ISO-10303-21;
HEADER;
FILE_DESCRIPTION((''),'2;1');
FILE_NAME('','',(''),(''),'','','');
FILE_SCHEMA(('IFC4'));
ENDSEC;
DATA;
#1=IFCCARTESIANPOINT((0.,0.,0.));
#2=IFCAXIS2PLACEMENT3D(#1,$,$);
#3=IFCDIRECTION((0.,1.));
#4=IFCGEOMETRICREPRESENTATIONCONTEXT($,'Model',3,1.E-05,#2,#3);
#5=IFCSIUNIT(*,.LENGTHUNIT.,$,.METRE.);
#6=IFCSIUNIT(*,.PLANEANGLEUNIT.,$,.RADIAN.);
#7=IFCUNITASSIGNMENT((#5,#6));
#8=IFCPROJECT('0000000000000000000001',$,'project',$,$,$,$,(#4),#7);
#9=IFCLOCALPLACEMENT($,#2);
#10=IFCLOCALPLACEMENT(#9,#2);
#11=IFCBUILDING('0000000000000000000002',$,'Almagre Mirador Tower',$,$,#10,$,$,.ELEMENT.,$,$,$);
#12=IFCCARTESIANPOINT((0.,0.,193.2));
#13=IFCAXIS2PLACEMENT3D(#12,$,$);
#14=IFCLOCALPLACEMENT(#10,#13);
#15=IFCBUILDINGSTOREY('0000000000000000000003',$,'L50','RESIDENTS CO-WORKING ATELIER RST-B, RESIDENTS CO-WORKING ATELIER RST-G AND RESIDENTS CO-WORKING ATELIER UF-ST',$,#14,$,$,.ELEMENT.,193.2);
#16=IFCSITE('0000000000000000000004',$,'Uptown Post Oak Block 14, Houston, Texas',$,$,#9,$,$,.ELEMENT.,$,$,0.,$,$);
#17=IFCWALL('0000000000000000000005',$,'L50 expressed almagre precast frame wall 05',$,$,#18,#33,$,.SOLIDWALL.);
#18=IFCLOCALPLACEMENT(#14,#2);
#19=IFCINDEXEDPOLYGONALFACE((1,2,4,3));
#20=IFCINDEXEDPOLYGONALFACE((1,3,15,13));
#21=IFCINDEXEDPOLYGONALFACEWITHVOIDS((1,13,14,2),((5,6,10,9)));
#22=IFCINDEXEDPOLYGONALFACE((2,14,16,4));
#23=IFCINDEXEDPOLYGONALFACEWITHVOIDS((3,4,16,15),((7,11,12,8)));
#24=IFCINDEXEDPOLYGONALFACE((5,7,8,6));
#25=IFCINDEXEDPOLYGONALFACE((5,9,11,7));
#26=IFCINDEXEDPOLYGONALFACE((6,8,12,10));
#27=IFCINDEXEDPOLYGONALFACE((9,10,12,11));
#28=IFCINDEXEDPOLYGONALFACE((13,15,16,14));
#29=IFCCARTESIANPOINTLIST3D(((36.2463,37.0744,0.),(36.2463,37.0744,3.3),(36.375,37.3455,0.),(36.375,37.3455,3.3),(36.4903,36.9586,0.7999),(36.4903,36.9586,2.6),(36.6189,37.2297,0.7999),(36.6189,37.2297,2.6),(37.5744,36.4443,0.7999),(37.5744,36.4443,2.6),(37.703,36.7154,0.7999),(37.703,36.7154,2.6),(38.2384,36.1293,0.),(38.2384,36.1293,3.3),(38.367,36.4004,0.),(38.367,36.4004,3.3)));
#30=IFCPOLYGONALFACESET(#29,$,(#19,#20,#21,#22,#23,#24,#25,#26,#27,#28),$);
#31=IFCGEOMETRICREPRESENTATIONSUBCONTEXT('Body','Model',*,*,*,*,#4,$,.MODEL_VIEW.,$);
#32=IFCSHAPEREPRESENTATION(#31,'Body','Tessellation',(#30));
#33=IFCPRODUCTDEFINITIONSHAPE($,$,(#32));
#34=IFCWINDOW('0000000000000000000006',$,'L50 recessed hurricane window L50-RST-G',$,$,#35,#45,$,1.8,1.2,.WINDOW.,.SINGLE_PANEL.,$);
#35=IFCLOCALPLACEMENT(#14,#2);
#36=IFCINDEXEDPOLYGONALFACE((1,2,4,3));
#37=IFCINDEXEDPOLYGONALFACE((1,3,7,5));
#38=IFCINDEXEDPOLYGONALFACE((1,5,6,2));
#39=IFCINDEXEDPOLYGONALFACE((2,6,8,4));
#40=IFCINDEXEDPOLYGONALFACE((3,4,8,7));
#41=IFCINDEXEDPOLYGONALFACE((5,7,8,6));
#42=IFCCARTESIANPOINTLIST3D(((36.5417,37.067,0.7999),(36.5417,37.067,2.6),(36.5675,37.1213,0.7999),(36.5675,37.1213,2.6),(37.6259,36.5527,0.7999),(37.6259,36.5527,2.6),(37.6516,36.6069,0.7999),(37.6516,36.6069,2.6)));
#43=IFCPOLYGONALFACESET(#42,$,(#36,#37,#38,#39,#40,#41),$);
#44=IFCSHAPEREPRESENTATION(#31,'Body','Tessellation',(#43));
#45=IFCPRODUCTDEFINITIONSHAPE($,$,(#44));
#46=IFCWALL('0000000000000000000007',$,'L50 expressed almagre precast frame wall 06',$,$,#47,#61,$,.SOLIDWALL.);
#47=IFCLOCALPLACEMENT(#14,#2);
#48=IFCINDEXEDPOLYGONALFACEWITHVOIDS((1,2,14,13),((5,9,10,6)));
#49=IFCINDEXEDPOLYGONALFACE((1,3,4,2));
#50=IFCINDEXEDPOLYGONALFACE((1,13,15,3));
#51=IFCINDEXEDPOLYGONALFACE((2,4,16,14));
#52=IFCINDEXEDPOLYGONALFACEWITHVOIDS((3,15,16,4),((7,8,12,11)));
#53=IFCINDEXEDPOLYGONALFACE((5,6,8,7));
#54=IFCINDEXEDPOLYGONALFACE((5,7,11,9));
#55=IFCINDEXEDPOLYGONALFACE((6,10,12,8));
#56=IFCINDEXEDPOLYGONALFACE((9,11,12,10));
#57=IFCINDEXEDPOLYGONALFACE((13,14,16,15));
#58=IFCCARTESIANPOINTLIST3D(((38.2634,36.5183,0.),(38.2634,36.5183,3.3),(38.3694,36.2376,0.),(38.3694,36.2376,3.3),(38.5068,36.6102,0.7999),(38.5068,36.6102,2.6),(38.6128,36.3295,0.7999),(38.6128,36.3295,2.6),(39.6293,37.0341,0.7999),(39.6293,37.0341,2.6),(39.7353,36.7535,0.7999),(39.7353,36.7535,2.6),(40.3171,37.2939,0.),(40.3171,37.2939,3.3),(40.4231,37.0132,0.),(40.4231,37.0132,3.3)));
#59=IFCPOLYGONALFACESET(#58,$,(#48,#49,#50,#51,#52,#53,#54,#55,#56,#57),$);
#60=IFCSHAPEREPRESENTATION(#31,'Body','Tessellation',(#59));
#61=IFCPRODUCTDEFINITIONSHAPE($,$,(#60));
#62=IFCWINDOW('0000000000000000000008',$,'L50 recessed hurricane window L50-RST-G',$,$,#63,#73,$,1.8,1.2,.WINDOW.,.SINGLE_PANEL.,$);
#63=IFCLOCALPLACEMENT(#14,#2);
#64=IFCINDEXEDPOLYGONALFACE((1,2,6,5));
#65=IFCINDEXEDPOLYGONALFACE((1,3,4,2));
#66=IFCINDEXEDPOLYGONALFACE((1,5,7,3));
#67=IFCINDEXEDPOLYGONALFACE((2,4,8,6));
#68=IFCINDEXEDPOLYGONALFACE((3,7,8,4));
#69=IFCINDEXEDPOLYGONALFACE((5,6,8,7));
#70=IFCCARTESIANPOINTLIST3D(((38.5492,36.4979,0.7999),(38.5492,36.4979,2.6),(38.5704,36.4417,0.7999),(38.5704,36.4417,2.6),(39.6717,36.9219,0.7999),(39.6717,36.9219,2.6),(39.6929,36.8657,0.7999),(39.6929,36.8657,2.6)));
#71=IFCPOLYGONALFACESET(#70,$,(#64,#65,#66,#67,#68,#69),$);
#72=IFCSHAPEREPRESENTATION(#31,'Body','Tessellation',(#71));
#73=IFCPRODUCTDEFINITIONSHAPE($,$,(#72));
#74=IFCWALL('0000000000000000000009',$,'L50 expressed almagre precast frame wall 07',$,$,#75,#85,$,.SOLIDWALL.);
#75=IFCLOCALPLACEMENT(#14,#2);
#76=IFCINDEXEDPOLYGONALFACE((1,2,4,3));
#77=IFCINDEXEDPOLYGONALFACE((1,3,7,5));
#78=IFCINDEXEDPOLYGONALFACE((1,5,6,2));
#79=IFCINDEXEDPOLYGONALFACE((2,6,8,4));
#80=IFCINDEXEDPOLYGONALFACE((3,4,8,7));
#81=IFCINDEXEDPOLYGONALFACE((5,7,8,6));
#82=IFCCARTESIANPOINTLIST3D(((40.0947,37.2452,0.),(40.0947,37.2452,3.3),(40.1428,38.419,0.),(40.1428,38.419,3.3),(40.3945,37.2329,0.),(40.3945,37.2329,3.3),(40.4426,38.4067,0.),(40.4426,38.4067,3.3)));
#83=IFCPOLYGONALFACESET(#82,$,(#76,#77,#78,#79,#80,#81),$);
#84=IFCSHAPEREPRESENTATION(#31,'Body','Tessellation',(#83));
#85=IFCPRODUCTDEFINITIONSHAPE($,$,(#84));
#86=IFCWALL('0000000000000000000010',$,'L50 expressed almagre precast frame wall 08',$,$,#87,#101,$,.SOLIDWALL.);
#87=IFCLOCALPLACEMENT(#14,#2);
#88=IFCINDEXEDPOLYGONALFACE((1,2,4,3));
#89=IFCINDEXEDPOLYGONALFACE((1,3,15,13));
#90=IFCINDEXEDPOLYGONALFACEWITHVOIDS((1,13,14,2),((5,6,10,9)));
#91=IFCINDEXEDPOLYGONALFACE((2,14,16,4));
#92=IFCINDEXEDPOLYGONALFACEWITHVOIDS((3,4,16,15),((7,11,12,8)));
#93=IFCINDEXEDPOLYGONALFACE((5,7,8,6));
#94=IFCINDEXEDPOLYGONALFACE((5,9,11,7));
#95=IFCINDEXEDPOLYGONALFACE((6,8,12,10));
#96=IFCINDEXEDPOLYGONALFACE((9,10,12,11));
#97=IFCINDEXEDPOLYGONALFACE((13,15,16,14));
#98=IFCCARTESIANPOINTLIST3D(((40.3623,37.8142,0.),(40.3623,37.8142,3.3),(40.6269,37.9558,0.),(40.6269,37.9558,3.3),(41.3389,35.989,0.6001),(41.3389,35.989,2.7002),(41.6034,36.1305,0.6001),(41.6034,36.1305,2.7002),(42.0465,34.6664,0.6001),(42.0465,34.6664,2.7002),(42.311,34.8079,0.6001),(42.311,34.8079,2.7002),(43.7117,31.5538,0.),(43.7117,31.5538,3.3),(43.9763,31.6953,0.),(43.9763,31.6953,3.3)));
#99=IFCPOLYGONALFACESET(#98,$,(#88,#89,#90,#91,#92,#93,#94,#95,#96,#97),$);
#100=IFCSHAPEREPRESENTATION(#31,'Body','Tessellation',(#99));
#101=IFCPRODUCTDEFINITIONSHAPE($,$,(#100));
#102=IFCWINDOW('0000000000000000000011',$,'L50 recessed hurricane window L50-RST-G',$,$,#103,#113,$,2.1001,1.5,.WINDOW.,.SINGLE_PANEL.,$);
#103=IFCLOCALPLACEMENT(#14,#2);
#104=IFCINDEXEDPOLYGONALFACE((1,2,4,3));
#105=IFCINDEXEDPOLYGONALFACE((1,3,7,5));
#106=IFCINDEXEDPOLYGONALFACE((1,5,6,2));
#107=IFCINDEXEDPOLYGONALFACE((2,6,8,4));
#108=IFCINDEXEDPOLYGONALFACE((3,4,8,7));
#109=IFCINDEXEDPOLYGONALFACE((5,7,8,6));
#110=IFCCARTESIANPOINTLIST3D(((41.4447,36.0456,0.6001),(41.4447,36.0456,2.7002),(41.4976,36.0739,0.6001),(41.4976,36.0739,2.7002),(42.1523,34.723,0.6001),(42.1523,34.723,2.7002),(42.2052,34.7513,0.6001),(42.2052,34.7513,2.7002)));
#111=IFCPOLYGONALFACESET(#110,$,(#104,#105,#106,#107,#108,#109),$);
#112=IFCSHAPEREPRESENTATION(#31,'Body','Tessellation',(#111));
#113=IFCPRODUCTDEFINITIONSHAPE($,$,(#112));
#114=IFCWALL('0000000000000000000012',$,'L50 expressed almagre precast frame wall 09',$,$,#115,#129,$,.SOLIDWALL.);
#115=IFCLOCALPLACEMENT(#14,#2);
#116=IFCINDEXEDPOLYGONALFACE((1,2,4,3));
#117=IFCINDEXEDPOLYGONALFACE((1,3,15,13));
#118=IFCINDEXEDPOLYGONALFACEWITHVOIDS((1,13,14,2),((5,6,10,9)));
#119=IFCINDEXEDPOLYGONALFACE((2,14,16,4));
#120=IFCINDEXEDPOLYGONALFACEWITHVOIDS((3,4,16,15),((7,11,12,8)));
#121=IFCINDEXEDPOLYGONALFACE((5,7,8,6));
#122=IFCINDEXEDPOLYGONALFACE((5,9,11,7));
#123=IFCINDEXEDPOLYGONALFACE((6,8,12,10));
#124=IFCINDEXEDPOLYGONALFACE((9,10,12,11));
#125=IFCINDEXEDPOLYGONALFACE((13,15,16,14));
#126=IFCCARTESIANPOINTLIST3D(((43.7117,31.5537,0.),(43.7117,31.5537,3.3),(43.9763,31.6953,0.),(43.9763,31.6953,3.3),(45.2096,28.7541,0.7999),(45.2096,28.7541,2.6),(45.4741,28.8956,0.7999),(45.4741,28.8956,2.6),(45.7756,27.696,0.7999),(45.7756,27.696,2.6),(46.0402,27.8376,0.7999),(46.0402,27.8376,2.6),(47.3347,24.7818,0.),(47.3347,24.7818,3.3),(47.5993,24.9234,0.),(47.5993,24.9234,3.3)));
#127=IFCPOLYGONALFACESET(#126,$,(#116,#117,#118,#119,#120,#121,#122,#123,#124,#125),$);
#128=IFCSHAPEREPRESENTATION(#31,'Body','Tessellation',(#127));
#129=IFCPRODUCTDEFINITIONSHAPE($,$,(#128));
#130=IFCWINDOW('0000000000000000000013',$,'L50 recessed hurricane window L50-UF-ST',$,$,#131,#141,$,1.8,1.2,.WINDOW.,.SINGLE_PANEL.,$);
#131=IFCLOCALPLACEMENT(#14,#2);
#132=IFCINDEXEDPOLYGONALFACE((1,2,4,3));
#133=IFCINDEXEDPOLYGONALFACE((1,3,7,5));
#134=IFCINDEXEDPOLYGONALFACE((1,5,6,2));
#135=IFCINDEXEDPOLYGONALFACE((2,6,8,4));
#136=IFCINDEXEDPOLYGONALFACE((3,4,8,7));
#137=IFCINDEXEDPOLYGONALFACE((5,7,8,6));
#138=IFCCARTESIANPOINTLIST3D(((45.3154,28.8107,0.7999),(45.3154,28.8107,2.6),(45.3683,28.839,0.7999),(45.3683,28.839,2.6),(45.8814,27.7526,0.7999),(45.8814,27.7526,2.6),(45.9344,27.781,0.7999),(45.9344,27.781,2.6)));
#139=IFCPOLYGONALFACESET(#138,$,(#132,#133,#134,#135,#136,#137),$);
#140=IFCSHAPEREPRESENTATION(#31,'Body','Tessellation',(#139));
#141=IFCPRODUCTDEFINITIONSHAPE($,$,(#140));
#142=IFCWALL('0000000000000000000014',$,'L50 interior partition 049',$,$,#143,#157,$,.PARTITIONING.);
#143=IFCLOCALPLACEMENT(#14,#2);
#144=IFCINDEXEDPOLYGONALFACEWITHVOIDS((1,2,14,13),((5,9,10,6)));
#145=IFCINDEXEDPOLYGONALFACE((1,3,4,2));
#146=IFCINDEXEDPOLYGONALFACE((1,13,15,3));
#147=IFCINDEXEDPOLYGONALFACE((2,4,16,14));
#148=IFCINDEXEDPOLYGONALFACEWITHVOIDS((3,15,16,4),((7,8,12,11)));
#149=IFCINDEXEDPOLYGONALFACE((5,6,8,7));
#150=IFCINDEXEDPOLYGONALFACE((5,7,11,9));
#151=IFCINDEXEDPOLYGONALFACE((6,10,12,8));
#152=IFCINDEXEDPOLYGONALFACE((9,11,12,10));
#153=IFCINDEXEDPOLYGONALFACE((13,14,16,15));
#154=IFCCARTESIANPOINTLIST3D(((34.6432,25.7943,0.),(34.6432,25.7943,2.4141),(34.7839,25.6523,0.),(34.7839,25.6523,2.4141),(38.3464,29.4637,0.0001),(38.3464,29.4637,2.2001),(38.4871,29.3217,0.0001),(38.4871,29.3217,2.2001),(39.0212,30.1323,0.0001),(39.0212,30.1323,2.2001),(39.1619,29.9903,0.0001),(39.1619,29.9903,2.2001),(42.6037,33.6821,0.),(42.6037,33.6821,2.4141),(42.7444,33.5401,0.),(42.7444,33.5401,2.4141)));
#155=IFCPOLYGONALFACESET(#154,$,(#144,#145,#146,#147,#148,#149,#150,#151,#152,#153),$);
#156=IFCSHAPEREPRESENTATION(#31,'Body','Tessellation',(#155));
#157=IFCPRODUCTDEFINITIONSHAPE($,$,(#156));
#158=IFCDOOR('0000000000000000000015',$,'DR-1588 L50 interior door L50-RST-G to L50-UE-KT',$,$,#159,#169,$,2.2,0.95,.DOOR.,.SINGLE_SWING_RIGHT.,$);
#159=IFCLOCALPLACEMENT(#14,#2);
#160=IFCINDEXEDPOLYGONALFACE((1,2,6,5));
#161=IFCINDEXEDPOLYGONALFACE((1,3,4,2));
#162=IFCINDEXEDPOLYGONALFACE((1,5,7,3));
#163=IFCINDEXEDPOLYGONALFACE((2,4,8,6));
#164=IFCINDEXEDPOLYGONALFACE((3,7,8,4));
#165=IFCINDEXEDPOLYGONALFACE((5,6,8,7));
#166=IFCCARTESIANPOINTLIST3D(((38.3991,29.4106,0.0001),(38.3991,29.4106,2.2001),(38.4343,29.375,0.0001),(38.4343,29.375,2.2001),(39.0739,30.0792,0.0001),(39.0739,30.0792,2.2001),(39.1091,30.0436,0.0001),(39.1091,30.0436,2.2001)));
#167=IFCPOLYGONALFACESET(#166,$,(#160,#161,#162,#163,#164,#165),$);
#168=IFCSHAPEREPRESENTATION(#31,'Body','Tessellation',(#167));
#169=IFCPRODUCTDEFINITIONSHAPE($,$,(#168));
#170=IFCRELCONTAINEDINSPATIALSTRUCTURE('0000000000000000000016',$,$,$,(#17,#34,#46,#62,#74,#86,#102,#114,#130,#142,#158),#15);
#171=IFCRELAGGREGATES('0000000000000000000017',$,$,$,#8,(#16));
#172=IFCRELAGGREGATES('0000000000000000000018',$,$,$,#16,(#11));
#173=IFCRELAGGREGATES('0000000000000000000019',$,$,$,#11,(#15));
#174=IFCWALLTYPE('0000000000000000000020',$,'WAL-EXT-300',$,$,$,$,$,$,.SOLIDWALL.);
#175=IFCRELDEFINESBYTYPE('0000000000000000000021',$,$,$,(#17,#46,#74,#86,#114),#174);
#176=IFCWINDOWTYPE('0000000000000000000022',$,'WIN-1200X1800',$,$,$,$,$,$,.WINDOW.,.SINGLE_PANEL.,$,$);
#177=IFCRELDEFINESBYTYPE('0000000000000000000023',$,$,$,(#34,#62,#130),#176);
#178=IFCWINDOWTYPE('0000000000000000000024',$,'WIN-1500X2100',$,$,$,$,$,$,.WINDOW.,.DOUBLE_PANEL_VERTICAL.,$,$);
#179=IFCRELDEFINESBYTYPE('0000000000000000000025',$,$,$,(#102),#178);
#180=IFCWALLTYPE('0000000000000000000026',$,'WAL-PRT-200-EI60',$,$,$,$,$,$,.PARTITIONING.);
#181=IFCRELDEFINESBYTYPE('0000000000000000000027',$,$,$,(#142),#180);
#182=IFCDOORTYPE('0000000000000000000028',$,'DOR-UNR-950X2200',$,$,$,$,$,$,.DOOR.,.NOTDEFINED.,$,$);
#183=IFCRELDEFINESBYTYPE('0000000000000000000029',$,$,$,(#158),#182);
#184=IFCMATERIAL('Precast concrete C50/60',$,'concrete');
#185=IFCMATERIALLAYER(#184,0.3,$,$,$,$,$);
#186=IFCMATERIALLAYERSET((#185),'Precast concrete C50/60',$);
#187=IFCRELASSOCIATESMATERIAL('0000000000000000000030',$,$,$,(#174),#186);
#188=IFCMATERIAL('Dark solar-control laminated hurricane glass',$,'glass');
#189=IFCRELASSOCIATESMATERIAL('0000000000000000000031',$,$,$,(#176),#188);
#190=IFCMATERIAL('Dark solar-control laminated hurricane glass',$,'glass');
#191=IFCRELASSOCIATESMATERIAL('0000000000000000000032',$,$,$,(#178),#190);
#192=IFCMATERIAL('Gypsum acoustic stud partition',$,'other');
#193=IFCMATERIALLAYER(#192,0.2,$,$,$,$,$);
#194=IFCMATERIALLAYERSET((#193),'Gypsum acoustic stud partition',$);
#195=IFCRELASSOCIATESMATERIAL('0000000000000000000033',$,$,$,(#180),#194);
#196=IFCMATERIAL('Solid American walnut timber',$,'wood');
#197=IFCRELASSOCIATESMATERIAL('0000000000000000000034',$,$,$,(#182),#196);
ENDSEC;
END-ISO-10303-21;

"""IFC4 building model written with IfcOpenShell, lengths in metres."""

from ifc_helpers import new_model, si_unit, direction, frame, frame_2d, origin, place, context, subcontext, project, spatial, rectangle, extrude, material, layer, layer_set, type_object, element, fill, save


model = new_model("IFC4")

# Units and contexts
model_context = context("Model", 3, precision=1e-05, world=origin(), true_north=direction((0.0, 1.0)))
body_context = subcontext(model_context, "Body", "Model", "MODEL_VIEW")
ifc_project = project(units=[si_unit("LENGTHUNIT", "METRE"), si_unit("PLANEANGLEUNIT", "RADIAN")], contexts=[model_context])

# Site, building, storey
site_placement = place(None, origin())
site = spatial("IfcSite", under=ifc_project, at=site_placement, Name="Uptown Post Oak Block 14, Houston, Texas", CompositionType="ELEMENT", RefElevation=0.0)
building_placement = place(site_placement, origin())
building = spatial("IfcBuilding", under=site, at=building_placement, Name="Almagre Mirador Tower", CompositionType="ELEMENT")
storey_placement = place(building_placement, frame((0.0, 0.0, 193.2)))
storey = spatial("IfcBuildingStorey", under=building, at=storey_placement, Name="L50", Description="RESIDENTS CO-WORKING ATELIER RST-B, RESIDENTS CO-WORKING ATELIER RST-G AND RESIDENTS CO-WORKING ATELIER UF-ST", CompositionType="ELEMENT", Elevation=193.2)

# Shared definitions
ifc_material_1 = material(Name="Precast concrete C50/60", Category="concrete")
ifc_layer_1 = layer(ifc_material_1, 0.3)
ifc_layer_set_1 = layer_set([ifc_layer_1], Name="Precast concrete C50/60")
wall_type_1 = type_object("IfcWallType", Name="WAL-EXT-300", PredefinedType="SOLIDWALL", material=ifc_layer_set_1)

# Walls, openings, windows
wall_1_placement = place(storey_placement, frame((36.3105, 37.21, 0.0), z_axis=(0.0, 0.0, 1.0), x_axis=(0.903472, -0.428648, 0.0)))
wall_1 = element("IfcWall", 1, at=wall_1_placement, inside=storey, type_object=wall_type_1, Name="L50 expressed almagre precast frame wall 05", PredefinedType="SOLIDWALL", context=body_context, shape_type="SweptSolid", body=[
    extrude(rectangle(XDim=2.2048, YDim=0.3, at=frame_2d((1.1025, 0.0))), origin(), (0.0, 0.0, 1.0), 3.3),
])
opening_1_placement = place(wall_1_placement, frame((0.27, 0.0, 0.8)))
opening_1 = element("IfcOpeningElement", 2, at=opening_1_placement, cuts=wall_1, PredefinedType="OPENING", context=body_context, shape_type="SweptSolid", body=[
    extrude(rectangle(XDim=1.2, YDim=1.8, at=frame_2d((0.6001, 0.8999))), frame((0.0, 0.1599, 0.0), z_axis=(0.0, -1.0, 0.0), x_axis=(1.0, 0.0, 0.0)), (0.0, 0.0, 1.0), 0.32),
])
ifc_material_2 = material(Name="Dark solar-control laminated hurricane glass", Category="glass")
window_type_1 = type_object("IfcWindowType", Name="WIN-1200X1800", PartitioningType="SINGLE_PANEL", PredefinedType="WINDOW", material=ifc_material_2)
window_1_placement = place(opening_1_placement, origin())
window_1 = element("IfcWindow", 3, at=window_1_placement, inside=storey, type_object=window_type_1, Name="L50 recessed hurricane window L50-RST-G", OverallHeight=1.8, OverallWidth=1.2, PartitioningType="SINGLE_PANEL", PredefinedType="WINDOW", context=body_context, shape_type="SweptSolid", body=[
    extrude(rectangle(XDim=1.2, YDim=1.8, at=frame_2d((0.6001, 0.8999))), frame((0.0, 0.03, 0.0), z_axis=(0.0, -1.0, 0.0), x_axis=(1.0, 0.0, 0.0)), (0.0, 0.0, 1.0), 0.0601),
])
fill(opening_1, window_1)
wall_2_placement = place(storey_placement, frame((38.3164, 36.3779, 0.0), z_axis=(0.0, 0.0, 1.0), x_axis=(0.935504, 0.353316, 0.0)))
wall_2 = element("IfcWall", 4, at=wall_2_placement, inside=storey, type_object=wall_type_1, Name="L50 expressed almagre precast frame wall 06", PredefinedType="SOLIDWALL", context=body_context, shape_type="SweptSolid", body=[
    extrude(rectangle(XDim=2.1953, YDim=0.3, at=frame_2d((1.0977, 0.0))), origin(), (0.0, 0.0, 1.0), 3.3),
])
opening_2_placement = place(wall_2_placement, frame((0.26, 0.0, 0.8)))
opening_2 = element("IfcOpeningElement", 5, at=opening_2_placement, cuts=wall_2, PredefinedType="OPENING", context=body_context, shape_type="SweptSolid", body=[
    extrude(rectangle(XDim=1.2, YDim=1.8, at=frame_2d((0.6001, 0.8999))), frame((0.0, 0.1599, 0.0), z_axis=(0.0, -1.0, 0.0), x_axis=(1.0, 0.0, 0.0)), (0.0, 0.0, 1.0), 0.32),
])
window_2_placement = place(opening_2_placement, origin())
window_2 = element("IfcWindow", 6, at=window_2_placement, inside=storey, type_object=window_type_1, Name="L50 recessed hurricane window L50-RST-G", OverallHeight=1.8, OverallWidth=1.2, PartitioningType="SINGLE_PANEL", PredefinedType="WINDOW", context=body_context, shape_type="SweptSolid", body=[
    extrude(rectangle(XDim=1.2, YDim=1.8, at=frame_2d((0.6001, 0.8999))), frame((0.0, 0.03, 0.0), z_axis=(0.0, -1.0, 0.0), x_axis=(1.0, 0.0, 0.0)), (0.0, 0.0, 1.0), 0.0601),
])
fill(opening_2, window_2)

# Wall
wall_3_placement = place(storey_placement, frame((40.2446, 37.239, 0.0), z_axis=(0.0, 0.0, 1.0), x_axis=(0.040939, 0.999162, 0.0)))
element("IfcWall", 7, at=wall_3_placement, inside=storey, type_object=wall_type_1, Name="L50 expressed almagre precast frame wall 07", PredefinedType="SOLIDWALL", context=body_context, shape_type="SweptSolid", body=[
    extrude(rectangle(XDim=1.1748, YDim=0.3, at=frame_2d((0.5874, 0.0))), origin(), (0.0, 0.0, 1.0), 3.3),
])

# Walls, openings, windows
wall_4_placement = place(storey_placement, frame((40.4946, 37.885, 0.0), z_axis=(0.0, 0.0, 1.0), x_axis=(0.471732, -0.881742, 0.0)))
wall_4 = element("IfcWall", 8, at=wall_4_placement, inside=storey, type_object=wall_type_1, Name="L50 expressed almagre precast frame wall 08", PredefinedType="SOLIDWALL", context=body_context, shape_type="SweptSolid", body=[
    extrude(rectangle(XDim=7.1001, YDim=0.3, at=frame_2d((3.55, 0.0))), origin(), (0.0, 0.0, 1.0), 3.3),
])
opening_3_placement = place(wall_4_placement, frame((2.0701, 0.0, 0.6001)))
opening_3 = element("IfcOpeningElement", 9, at=opening_3_placement, cuts=wall_4, PredefinedType="OPENING", context=body_context, shape_type="SweptSolid", body=[
    extrude(rectangle(XDim=1.5, YDim=2.1001, at=frame_2d((0.75, 1.05))), frame((0.0, 0.1599, 0.0), z_axis=(0.0, -1.0, 0.0), x_axis=(1.0, 0.0, 0.0)), (0.0, 0.0, 1.0), 0.32),
])
ifc_material_3 = material(Name="Dark solar-control laminated hurricane glass", Category="glass")
window_type_2 = type_object("IfcWindowType", Name="WIN-1500X2100", PartitioningType="DOUBLE_PANEL_VERTICAL", PredefinedType="WINDOW", material=ifc_material_3)
window_3_placement = place(opening_3_placement, origin())
window_3 = element("IfcWindow", 10, at=window_3_placement, inside=storey, type_object=window_type_2, Name="L50 recessed hurricane window L50-RST-G", OverallHeight=2.1001, OverallWidth=1.5, PartitioningType="SINGLE_PANEL", PredefinedType="WINDOW", context=body_context, shape_type="SweptSolid", body=[
    extrude(rectangle(XDim=1.5, YDim=2.1001, at=frame_2d((0.75, 1.05))), frame((0.0, 0.03, 0.0), z_axis=(0.0, -1.0, 0.0), x_axis=(1.0, 0.0, 0.0)), (0.0, 0.0, 1.0), 0.0601),
])
fill(opening_3, window_3)
wall_5_placement = place(storey_placement, frame((43.844, 31.6245, 0.0), z_axis=(0.0, 0.0, 1.0), x_axis=(0.471736, -0.88174, 0.0)))
wall_5 = element("IfcWall", 11, at=wall_5_placement, inside=storey, type_object=wall_type_1, Name="L50 expressed almagre precast frame wall 09", PredefinedType="SOLIDWALL", context=body_context, shape_type="SweptSolid", body=[
    extrude(rectangle(XDim=7.6802, YDim=0.3, at=frame_2d((3.8401, 0.0))), origin(), (0.0, 0.0, 1.0), 3.3),
])
opening_4_placement = place(wall_5_placement, frame((3.175, 0.0, 0.8)))
opening_4 = element("IfcOpeningElement", 12, at=opening_4_placement, cuts=wall_5, PredefinedType="OPENING", context=body_context, shape_type="SweptSolid", body=[
    extrude(rectangle(XDim=1.2, YDim=1.8, at=frame_2d((0.6001, 0.8999))), frame((0.0, 0.1599, 0.0), z_axis=(0.0, -1.0, 0.0), x_axis=(1.0, 0.0, 0.0)), (0.0, 0.0, 1.0), 0.32),
])
window_4_placement = place(opening_4_placement, origin())
window_4 = element("IfcWindow", 13, at=window_4_placement, inside=storey, type_object=window_type_1, Name="L50 recessed hurricane window L50-UF-ST", OverallHeight=1.8, OverallWidth=1.2, PartitioningType="SINGLE_PANEL", PredefinedType="WINDOW", context=body_context, shape_type="SweptSolid", body=[
    extrude(rectangle(XDim=1.2, YDim=1.8, at=frame_2d((0.6001, 0.8999))), frame((0.0, 0.03, 0.0), z_axis=(0.0, -1.0, 0.0), x_axis=(1.0, 0.0, 0.0)), (0.0, 0.0, 1.0), 0.0601),
])
fill(opening_4, window_4)

# Wall, opening, door
ifc_material_4 = material(Name="Gypsum acoustic stud partition", Category="other")
ifc_layer_2 = layer(ifc_material_4, 0.2)
ifc_layer_set_2 = layer_set([ifc_layer_2], Name="Gypsum acoustic stud partition")
wall_type_2 = type_object("IfcWallType", Name="WAL-PRT-200-EI60", PredefinedType="PARTITIONING", material=ifc_layer_set_2)
wall_6_placement = place(storey_placement, frame((42.6741, 33.6111, 0.0), z_axis=(0.0, 0.0, 1.0), x_axis=(-0.710345, -0.703853, 0.0)))
wall_6 = element("IfcWall", 14, at=wall_6_placement, inside=storey, type_object=wall_type_2, Name="L50 interior partition 049", PredefinedType="PARTITIONING", context=body_context, shape_type="SweptSolid", body=[
    extrude(rectangle(XDim=11.2065, YDim=0.2, at=frame_2d((5.6033, 0.0))), origin(), (0.0, 0.0, 1.0), 2.4141),
])
opening_5_placement = place(wall_6_placement, frame((5.0432, 0.0, 0.0)))
opening_5 = element("IfcOpeningElement", 15, at=opening_5_placement, cuts=wall_6, PredefinedType="OPENING", context=body_context, shape_type="SweptSolid", body=[
    extrude(rectangle(XDim=0.95, YDim=2.2, at=frame_2d((0.4751, 1.1001))), frame((0.0, 0.1101, 0.0), z_axis=(0.0, -1.0, 0.0), x_axis=(1.0, 0.0, 0.0)), (0.0, 0.0, 1.0), 0.22),
])
ifc_material_5 = material(Name="Solid American walnut timber", Category="wood")
door_type = type_object("IfcDoorType", Name="DOR-UNR-950X2200", OperationType="NOTDEFINED", PredefinedType="DOOR", material=ifc_material_5)
door_placement = place(opening_5_placement, origin())
door = element("IfcDoor", 16, at=door_placement, inside=storey, type_object=door_type, Name="DR-1588 L50 interior door L50-RST-G to L50-UE-KT", OperationType="SINGLE_SWING_RIGHT", OverallHeight=2.2, OverallWidth=0.95, PredefinedType="DOOR", context=body_context, shape_type="SweptSolid", body=[
    extrude(rectangle(XDim=0.95, YDim=2.2, at=frame_2d((0.4751, 1.1001))), frame((0.0, 0.0249, 0.0), z_axis=(0.0, -1.0, 0.0), x_axis=(1.0, 0.0, 0.0)), (0.0, 0.0, 1.0), 0.05),
])
fill(opening_5, door)

save(model, "model.ifc")
